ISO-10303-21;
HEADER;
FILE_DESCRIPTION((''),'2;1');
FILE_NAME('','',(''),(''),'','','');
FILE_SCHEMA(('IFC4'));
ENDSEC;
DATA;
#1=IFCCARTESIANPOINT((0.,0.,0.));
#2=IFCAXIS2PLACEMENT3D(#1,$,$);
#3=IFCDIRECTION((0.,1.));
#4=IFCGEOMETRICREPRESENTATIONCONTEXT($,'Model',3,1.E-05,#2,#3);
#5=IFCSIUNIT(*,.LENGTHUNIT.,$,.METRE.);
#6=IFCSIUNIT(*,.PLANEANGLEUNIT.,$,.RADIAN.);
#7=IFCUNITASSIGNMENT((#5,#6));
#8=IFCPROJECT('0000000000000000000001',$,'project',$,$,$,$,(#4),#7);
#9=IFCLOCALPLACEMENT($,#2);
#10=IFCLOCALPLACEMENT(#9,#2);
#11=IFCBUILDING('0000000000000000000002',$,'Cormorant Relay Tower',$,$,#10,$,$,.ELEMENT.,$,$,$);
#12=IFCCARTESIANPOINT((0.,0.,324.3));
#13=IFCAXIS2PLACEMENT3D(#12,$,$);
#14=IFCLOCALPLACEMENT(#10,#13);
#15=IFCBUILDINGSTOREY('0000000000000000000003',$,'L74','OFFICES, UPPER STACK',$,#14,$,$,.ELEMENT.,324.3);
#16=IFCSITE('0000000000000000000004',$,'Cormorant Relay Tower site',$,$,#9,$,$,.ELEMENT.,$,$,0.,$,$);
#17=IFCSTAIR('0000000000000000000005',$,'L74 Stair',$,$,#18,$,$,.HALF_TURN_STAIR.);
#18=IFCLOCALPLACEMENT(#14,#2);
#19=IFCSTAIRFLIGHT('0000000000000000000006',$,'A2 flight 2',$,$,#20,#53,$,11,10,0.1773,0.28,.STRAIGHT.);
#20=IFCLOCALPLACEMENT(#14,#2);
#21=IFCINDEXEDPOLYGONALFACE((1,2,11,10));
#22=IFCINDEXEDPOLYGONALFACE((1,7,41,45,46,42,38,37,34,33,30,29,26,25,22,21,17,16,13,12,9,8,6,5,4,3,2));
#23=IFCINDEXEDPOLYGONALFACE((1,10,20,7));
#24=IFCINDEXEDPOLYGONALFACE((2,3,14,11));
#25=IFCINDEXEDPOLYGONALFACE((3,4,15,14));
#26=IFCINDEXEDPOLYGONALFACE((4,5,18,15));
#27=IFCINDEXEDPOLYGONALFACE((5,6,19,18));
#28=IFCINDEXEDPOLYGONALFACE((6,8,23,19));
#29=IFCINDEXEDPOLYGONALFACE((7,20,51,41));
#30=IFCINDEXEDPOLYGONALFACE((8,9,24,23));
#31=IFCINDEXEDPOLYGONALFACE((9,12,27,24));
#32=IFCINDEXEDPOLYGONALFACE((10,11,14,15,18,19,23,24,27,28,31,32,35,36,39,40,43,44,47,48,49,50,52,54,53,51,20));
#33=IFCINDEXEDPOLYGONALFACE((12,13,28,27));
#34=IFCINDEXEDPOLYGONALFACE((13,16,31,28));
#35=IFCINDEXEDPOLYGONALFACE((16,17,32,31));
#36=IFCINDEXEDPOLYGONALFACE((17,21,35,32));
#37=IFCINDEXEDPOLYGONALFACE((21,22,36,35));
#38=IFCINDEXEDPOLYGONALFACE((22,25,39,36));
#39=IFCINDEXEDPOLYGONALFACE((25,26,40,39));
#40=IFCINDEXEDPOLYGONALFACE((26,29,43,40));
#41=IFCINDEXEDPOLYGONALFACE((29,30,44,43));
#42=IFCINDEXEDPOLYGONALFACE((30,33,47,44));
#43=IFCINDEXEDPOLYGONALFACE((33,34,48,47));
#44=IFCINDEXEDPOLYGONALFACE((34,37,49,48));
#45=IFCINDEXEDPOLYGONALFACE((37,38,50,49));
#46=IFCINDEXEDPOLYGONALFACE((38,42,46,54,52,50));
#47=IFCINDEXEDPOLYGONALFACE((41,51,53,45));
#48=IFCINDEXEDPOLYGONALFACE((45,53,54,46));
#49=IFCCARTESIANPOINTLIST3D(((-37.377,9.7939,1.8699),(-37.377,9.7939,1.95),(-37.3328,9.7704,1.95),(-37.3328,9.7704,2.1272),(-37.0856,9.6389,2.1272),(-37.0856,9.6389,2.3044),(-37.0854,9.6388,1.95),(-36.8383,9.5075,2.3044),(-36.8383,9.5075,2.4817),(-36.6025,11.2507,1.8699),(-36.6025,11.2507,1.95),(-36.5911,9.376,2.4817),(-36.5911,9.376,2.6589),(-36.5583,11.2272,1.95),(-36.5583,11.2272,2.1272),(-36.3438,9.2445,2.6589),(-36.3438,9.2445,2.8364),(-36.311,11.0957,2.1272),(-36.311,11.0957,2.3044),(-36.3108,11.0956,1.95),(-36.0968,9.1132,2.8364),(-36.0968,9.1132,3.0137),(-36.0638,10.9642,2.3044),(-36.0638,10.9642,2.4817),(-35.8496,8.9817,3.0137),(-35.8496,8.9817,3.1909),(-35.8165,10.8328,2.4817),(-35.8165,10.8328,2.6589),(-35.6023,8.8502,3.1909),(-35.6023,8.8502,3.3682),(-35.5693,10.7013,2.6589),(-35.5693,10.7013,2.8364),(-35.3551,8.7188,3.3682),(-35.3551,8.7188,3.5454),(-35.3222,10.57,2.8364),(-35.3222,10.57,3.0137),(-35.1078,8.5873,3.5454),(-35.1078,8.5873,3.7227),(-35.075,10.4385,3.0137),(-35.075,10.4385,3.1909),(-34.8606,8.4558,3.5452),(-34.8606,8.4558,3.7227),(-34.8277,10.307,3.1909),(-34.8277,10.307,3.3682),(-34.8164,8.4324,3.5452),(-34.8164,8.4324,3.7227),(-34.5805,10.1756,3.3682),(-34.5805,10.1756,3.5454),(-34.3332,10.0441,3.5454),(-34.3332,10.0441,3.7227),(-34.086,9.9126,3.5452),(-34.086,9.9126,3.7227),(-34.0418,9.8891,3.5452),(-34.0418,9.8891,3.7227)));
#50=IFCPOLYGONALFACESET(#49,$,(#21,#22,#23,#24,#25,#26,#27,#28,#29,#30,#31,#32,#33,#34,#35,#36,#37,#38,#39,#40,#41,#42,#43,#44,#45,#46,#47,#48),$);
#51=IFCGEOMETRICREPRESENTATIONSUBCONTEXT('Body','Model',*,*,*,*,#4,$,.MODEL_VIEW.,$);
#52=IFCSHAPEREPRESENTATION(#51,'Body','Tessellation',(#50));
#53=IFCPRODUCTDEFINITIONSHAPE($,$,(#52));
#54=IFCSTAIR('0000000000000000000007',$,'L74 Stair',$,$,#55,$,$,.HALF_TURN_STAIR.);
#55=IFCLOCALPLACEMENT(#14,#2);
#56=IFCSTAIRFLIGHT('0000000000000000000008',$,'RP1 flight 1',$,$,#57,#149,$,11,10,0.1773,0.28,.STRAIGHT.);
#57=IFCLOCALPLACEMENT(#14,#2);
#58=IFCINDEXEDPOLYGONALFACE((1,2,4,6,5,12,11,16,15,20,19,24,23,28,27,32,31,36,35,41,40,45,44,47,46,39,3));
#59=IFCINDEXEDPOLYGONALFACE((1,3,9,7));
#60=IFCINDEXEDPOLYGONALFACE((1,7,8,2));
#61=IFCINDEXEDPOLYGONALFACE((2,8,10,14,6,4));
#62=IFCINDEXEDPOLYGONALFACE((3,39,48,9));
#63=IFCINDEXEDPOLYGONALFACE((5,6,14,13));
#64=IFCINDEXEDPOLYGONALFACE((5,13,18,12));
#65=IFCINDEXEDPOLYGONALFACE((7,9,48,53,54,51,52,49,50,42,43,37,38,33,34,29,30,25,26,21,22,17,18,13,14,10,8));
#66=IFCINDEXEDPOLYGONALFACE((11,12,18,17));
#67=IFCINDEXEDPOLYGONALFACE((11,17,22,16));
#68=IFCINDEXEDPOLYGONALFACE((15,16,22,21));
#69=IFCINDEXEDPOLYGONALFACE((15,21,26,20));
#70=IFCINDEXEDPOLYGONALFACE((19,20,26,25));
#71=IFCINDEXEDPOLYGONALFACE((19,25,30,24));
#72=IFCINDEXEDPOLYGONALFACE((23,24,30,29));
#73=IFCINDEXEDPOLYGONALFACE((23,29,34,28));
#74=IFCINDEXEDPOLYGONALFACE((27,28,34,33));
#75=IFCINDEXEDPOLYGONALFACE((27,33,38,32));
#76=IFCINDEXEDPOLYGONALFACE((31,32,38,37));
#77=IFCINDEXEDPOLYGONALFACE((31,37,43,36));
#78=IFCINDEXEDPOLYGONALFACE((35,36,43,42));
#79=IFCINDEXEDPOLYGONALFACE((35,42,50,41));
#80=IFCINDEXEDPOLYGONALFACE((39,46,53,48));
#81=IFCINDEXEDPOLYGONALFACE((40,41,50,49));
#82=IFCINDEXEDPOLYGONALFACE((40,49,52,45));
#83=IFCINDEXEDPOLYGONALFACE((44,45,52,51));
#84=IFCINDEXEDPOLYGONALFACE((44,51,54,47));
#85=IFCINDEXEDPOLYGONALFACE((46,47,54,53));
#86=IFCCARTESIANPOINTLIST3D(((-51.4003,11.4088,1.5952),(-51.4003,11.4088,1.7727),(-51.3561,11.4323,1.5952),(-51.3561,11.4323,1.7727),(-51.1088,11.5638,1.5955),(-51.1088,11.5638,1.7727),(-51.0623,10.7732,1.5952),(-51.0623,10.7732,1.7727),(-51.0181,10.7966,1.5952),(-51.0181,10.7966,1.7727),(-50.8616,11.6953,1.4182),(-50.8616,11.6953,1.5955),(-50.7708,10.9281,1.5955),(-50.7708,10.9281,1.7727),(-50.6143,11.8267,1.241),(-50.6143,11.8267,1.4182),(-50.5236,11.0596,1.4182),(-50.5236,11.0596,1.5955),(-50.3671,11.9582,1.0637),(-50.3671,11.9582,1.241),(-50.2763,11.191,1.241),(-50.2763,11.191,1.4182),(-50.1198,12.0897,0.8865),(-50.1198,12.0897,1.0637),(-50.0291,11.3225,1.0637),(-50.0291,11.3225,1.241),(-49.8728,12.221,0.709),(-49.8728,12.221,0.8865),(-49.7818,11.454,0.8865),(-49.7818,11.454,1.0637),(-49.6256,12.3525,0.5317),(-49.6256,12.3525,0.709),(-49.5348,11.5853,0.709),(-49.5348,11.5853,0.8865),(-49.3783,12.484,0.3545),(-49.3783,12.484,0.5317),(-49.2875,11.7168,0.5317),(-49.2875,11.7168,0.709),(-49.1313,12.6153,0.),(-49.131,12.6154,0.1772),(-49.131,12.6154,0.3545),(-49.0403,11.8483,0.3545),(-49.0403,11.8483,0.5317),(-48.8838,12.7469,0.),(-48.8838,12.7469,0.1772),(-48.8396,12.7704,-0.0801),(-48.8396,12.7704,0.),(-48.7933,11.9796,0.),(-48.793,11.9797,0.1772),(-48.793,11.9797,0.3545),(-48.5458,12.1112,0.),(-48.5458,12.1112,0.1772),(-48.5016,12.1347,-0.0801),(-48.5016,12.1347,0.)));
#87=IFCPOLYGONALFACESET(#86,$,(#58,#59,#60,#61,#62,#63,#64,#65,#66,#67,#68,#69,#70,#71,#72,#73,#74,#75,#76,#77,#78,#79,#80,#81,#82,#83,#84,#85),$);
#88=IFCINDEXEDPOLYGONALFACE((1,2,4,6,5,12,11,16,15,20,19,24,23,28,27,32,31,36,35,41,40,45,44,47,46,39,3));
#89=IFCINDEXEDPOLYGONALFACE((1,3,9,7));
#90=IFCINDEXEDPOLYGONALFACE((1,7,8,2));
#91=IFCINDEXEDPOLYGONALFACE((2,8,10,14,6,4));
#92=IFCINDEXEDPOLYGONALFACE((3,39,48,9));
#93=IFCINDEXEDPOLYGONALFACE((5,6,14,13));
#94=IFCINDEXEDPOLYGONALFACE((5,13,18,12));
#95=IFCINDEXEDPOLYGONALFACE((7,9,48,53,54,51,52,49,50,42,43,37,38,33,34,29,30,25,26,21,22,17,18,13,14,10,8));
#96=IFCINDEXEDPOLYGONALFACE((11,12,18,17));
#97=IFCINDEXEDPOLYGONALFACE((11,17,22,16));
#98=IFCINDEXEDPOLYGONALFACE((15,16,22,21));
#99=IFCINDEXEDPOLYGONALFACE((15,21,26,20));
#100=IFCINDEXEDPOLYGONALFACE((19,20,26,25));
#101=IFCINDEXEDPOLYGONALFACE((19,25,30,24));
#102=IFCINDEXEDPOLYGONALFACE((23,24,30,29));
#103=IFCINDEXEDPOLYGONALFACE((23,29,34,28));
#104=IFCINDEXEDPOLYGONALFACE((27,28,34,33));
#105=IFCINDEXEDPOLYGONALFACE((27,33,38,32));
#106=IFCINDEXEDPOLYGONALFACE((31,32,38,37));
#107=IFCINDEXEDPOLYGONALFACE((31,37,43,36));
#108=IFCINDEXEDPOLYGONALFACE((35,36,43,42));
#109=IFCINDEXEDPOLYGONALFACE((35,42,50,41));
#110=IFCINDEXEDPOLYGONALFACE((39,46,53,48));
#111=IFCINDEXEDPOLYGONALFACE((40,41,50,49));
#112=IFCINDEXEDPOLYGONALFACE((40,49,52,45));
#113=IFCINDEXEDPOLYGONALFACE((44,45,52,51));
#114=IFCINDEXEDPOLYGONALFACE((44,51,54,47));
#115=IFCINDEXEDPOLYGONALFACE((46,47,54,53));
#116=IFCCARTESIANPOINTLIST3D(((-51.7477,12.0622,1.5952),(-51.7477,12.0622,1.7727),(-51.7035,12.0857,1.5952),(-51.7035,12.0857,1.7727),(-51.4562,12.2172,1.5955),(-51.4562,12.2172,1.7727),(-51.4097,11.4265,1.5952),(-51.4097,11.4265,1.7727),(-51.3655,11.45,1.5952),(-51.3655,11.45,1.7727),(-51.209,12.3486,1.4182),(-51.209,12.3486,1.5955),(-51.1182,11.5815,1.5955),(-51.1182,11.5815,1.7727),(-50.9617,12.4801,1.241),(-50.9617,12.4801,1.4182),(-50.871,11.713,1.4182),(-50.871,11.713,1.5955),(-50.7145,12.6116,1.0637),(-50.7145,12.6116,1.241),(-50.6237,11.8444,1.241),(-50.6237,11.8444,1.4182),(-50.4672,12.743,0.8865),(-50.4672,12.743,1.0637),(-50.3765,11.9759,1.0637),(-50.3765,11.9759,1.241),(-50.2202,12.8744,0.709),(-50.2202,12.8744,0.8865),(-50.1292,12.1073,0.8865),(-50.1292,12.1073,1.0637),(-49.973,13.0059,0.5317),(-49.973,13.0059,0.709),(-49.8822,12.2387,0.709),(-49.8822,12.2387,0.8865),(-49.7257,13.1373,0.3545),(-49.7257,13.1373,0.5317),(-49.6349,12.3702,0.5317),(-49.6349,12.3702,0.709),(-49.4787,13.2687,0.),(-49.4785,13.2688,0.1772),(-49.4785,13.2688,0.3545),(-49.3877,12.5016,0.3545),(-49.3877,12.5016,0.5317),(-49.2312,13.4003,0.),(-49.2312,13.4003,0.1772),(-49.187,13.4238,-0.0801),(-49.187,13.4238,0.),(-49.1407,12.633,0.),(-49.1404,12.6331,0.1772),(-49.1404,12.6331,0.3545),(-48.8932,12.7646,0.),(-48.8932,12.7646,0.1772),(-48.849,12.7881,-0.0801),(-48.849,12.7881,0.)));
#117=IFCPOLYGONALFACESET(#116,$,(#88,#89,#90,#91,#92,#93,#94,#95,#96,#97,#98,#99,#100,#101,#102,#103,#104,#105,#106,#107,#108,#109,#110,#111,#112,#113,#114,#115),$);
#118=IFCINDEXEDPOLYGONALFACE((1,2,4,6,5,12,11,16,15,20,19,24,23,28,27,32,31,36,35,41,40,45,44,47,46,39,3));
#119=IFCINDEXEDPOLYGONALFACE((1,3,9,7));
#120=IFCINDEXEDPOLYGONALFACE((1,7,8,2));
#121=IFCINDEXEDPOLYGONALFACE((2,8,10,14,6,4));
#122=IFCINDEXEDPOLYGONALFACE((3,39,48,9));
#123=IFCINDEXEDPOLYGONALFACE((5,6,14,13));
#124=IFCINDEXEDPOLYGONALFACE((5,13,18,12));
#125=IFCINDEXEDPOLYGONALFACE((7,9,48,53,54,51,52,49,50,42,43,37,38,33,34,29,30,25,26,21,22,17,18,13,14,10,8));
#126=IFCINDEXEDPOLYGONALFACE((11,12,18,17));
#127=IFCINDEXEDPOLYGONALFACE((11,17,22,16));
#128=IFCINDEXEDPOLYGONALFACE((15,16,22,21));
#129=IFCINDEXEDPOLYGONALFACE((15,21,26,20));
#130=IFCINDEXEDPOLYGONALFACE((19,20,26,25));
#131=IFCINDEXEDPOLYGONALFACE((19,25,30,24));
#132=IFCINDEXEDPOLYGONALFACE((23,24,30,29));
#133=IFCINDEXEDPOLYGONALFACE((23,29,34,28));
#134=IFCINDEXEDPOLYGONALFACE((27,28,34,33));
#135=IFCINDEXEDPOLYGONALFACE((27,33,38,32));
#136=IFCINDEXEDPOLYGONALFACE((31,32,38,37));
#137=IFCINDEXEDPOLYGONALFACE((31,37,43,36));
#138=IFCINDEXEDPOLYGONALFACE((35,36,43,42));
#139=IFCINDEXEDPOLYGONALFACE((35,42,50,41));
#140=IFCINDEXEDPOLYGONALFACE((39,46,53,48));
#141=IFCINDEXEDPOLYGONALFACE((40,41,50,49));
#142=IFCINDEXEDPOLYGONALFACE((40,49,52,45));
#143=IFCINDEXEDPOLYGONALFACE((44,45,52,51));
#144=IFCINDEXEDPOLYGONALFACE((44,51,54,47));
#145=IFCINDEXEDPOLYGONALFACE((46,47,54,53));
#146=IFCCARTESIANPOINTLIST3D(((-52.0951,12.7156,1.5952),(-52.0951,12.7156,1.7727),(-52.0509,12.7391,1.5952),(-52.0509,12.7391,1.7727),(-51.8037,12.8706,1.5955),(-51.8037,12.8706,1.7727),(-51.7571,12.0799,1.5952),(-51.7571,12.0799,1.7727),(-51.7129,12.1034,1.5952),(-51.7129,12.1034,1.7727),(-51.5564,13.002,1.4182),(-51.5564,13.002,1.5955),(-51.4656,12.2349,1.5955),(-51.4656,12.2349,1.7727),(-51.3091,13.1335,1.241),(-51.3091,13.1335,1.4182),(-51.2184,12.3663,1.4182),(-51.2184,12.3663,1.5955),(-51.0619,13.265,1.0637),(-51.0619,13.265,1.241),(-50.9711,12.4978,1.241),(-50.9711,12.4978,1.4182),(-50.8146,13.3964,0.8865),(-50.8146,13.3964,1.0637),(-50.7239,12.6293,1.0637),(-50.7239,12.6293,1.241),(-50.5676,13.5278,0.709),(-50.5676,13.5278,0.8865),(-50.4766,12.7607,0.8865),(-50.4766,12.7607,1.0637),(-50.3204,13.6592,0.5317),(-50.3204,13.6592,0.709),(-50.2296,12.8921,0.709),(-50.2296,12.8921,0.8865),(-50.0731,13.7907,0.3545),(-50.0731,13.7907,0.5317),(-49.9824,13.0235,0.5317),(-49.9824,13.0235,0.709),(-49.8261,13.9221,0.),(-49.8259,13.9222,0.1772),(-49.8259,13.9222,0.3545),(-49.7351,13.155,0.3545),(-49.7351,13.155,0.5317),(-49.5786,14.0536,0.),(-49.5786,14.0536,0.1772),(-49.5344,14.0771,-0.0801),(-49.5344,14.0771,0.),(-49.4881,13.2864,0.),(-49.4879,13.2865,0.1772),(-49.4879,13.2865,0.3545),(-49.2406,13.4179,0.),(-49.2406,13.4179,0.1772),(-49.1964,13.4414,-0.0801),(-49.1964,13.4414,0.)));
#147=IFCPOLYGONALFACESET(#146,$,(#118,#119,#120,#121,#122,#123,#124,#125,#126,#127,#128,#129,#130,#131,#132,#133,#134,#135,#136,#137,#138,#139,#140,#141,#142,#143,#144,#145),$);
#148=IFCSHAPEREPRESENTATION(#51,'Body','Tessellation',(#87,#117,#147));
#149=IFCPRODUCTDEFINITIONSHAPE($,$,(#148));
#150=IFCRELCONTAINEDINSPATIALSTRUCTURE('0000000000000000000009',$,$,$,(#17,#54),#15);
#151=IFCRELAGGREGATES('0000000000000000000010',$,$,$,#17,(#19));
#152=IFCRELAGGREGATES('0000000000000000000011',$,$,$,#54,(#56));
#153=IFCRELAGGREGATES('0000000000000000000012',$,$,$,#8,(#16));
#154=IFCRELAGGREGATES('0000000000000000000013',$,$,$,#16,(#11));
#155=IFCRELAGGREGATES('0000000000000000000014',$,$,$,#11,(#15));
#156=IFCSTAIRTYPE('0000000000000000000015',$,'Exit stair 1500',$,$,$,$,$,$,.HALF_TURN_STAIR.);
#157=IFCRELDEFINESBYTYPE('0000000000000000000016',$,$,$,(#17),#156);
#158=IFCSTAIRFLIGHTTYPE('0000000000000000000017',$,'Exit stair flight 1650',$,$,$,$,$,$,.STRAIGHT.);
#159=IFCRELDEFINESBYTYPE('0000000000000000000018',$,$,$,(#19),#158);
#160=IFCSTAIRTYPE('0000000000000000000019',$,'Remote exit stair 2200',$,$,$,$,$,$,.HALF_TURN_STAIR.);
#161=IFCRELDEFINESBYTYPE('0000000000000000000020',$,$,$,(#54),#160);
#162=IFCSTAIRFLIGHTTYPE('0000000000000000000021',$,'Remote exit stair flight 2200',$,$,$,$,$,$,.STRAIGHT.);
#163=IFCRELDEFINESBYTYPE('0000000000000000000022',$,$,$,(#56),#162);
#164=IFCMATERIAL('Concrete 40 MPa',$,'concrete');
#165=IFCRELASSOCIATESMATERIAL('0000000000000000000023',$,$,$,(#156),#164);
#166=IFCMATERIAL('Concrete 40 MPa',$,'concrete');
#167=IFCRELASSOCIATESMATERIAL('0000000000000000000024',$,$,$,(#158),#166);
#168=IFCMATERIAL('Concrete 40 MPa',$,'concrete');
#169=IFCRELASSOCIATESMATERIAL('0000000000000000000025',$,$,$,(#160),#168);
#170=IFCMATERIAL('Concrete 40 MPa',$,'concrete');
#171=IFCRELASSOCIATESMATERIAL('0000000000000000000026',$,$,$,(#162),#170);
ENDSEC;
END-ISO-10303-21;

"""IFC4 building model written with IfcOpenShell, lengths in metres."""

from ifc_helpers import new_model, si_unit, direction, frame, origin, place, context, subcontext, project, spatial, polyline, outline, extrude, material, type_object, element, aggregate, save


model = new_model("IFC4")

# Units and contexts
model_context = context("Model", 3, precision=1e-05, world=origin(), true_north=direction((0.0, 1.0)))
body_context = subcontext(model_context, "Body", "Model", "MODEL_VIEW")
ifc_project = project(units=[si_unit("LENGTHUNIT", "METRE"), si_unit("PLANEANGLEUNIT", "RADIAN")], contexts=[model_context])

# Site, building, storey
site_placement = place(None, origin())
site = spatial("IfcSite", under=ifc_project, at=site_placement, Name="Cormorant Relay Tower site", CompositionType="ELEMENT", RefElevation=0.0)
building_placement = place(site_placement, origin())
building = spatial("IfcBuilding", under=site, at=building_placement, Name="Cormorant Relay Tower", CompositionType="ELEMENT")
storey_placement = place(building_placement, frame((0.0, 0.0, 324.3)))
storey = spatial("IfcBuildingStorey", under=building, at=storey_placement, Name="L74", Description="OFFICES, UPPER STACK", CompositionType="ELEMENT", Elevation=324.3)

# Stairs, stair flights
ifc_material_1 = material(Name="Concrete 40 MPa", Category="concrete")
stair_type_1 = type_object("IfcStairType", Name="Exit stair 1500", PredefinedType="HALF_TURN_STAIR", material=ifc_material_1)
stair_1_placement = place(storey_placement, origin())
stair_1 = element("IfcStair", 1, at=stair_1_placement, inside=storey, type_object=stair_type_1, Name="L74 Stair", PredefinedType="HALF_TURN_STAIR")
ifc_material_2 = material(Name="Concrete 40 MPa", Category="concrete")
stair_flight_type_1 = type_object("IfcStairFlightType", Name="Exit stair flight 1650", PredefinedType="STRAIGHT", material=ifc_material_2)
stair_flight_1_placement = place(storey_placement, frame((-36.9456, 10.4988, 1.95), z_axis=(0.0, 0.0, 1.0), x_axis=(0.882948, -0.469472, 0.0)))
stair_flight_1 = element("IfcStairFlight", 2, at=stair_flight_1_placement, type_object=stair_flight_type_1, Name="A2 flight 2", NumberOfRisers=11, NumberOfTreads=10, PredefinedType="STRAIGHT", RiserHeight=0.1773, TreadLength=0.28, context=body_context, shape_type="SweptSolid", body=[
    extrude(outline(polyline([(-0.05, -0.0801), (-0.05, 0.0), (0.0, 0.0), (0.0, 0.1772), (0.28, 0.1772), (0.28, 0.3545), (0.5601, 0.3545), (0.5601, 0.5317), (0.8401, 0.5317), (0.8401, 0.709), (1.1201, 0.709), (1.1201, 0.8865), (1.3999, 0.8865), (1.3999, 1.0637), (1.6799, 1.0637), (1.6799, 1.241), (1.96, 1.241), (1.96, 1.4182), (2.24, 1.4182), (2.24, 1.5955), (2.52, 1.5955), (2.52, 1.7727), (2.8, 1.7727), (2.8501, 1.7727), (2.8501, 1.5952), (2.8, 1.5952), (0.2803, 0.0), (-0.05, -0.0801)])), frame((0.0, 0.825, 0.0), z_axis=(0.0, -1.0, 0.0), x_axis=(1.0, 0.0, 0.0)), (0.0, 0.0, 1.0), 1.6499),
])
aggregate(stair_1, [stair_flight_1])
ifc_material_3 = material(Name="Concrete 40 MPa", Category="concrete")
stair_type_2 = type_object("IfcStairType", Name="Remote exit stair 2200", PredefinedType="HALF_TURN_STAIR", material=ifc_material_3)
stair_2_placement = place(storey_placement, origin())
stair_2 = element("IfcStair", 3, at=stair_2_placement, inside=storey, type_object=stair_type_2, Name="L74 Stair", PredefinedType="HALF_TURN_STAIR")
ifc_material_4 = material(Name="Concrete 40 MPa", Category="concrete")
stair_flight_type_2 = type_object("IfcStairFlightType", Name="Remote exit stair flight 2200", PredefinedType="STRAIGHT", material=ifc_material_4)
stair_flight_2_placement = place(storey_placement, frame((-49.0623, 13.0825, 0.0), z_axis=(0.0, 0.0, 1.0), x_axis=(-0.882948, -0.469472, 0.0)))
stair_flight_2 = element("IfcStairFlight", 4, at=stair_flight_2_placement, type_object=stair_flight_type_2, Name="RP1 flight 1", NumberOfRisers=11, NumberOfTreads=10, PredefinedType="STRAIGHT", RiserHeight=0.1773, TreadLength=0.28, context=body_context, shape_type="SweptSolid", body=[
    extrude(outline(polyline([(-0.05, -0.0801), (-0.05, 0.0), (0.0, 0.0), (0.0, 0.1772), (0.28, 0.1772), (0.28, 0.3545), (0.5601, 0.3545), (0.5601, 0.5317), (0.8401, 0.5317), (0.8401, 0.709), (1.1201, 0.709), (1.1201, 0.8865), (1.3999, 0.8865), (1.3999, 1.0637), (1.6799, 1.0637), (1.6799, 1.241), (1.96, 1.241), (1.96, 1.4182), (2.24, 1.4182), (2.24, 1.5955), (2.52, 1.5955), (2.52, 1.7727), (2.8, 1.7727), (2.8501, 1.7727), (2.8501, 1.5952), (2.8, 1.5952), (0.2803, 0.0), (-0.05, -0.0801)])), frame((0.0, 1.1001, 0.0), z_axis=(0.0, -1.0, 0.0), x_axis=(1.0, 0.0, 0.0)), (0.0, 0.0, 1.0), 0.72),
    extrude(outline(polyline([(-0.05, -0.0801), (-0.05, 0.0), (0.0, 0.0), (0.0, 0.1772), (0.28, 0.1772), (0.28, 0.3545), (0.5601, 0.3545), (0.5601, 0.5317), (0.8401, 0.5317), (0.8401, 0.709), (1.1201, 0.709), (1.1201, 0.8865), (1.3999, 0.8865), (1.3999, 1.0637), (1.6799, 1.0637), (1.6799, 1.241), (1.96, 1.241), (1.96, 1.4182), (2.24, 1.4182), (2.24, 1.5955), (2.52, 1.5955), (2.52, 1.7727), (2.8, 1.7727), (2.8501, 1.7727), (2.8501, 1.5952), (2.8, 1.5952), (0.2803, 0.0), (-0.05, -0.0801)])), frame((0.0, 0.3601, 0.0), z_axis=(0.0, -1.0, 0.0), x_axis=(1.0, 0.0, 0.0)), (0.0, 0.0, 1.0), 0.72),
    extrude(outline(polyline([(-0.05, -0.0801), (-0.05, 0.0), (0.0, 0.0), (0.0, 0.1772), (0.28, 0.1772), (0.28, 0.3545), (0.5601, 0.3545), (0.5601, 0.5317), (0.8401, 0.5317), (0.8401, 0.709), (1.1201, 0.709), (1.1201, 0.8865), (1.3999, 0.8865), (1.3999, 1.0637), (1.6799, 1.0637), (1.6799, 1.241), (1.96, 1.241), (1.96, 1.4182), (2.24, 1.4182), (2.24, 1.5955), (2.52, 1.5955), (2.52, 1.7727), (2.8, 1.7727), (2.8501, 1.7727), (2.8501, 1.5952), (2.8, 1.5952), (0.2803, 0.0), (-0.05, -0.0801)])), frame((0.0, -0.3799, 0.0), z_axis=(0.0, -1.0, 0.0), x_axis=(1.0, 0.0, 0.0)), (0.0, 0.0, 1.0), 0.72),
])
aggregate(stair_2, [stair_flight_2])

save(model, "model.ifc")
